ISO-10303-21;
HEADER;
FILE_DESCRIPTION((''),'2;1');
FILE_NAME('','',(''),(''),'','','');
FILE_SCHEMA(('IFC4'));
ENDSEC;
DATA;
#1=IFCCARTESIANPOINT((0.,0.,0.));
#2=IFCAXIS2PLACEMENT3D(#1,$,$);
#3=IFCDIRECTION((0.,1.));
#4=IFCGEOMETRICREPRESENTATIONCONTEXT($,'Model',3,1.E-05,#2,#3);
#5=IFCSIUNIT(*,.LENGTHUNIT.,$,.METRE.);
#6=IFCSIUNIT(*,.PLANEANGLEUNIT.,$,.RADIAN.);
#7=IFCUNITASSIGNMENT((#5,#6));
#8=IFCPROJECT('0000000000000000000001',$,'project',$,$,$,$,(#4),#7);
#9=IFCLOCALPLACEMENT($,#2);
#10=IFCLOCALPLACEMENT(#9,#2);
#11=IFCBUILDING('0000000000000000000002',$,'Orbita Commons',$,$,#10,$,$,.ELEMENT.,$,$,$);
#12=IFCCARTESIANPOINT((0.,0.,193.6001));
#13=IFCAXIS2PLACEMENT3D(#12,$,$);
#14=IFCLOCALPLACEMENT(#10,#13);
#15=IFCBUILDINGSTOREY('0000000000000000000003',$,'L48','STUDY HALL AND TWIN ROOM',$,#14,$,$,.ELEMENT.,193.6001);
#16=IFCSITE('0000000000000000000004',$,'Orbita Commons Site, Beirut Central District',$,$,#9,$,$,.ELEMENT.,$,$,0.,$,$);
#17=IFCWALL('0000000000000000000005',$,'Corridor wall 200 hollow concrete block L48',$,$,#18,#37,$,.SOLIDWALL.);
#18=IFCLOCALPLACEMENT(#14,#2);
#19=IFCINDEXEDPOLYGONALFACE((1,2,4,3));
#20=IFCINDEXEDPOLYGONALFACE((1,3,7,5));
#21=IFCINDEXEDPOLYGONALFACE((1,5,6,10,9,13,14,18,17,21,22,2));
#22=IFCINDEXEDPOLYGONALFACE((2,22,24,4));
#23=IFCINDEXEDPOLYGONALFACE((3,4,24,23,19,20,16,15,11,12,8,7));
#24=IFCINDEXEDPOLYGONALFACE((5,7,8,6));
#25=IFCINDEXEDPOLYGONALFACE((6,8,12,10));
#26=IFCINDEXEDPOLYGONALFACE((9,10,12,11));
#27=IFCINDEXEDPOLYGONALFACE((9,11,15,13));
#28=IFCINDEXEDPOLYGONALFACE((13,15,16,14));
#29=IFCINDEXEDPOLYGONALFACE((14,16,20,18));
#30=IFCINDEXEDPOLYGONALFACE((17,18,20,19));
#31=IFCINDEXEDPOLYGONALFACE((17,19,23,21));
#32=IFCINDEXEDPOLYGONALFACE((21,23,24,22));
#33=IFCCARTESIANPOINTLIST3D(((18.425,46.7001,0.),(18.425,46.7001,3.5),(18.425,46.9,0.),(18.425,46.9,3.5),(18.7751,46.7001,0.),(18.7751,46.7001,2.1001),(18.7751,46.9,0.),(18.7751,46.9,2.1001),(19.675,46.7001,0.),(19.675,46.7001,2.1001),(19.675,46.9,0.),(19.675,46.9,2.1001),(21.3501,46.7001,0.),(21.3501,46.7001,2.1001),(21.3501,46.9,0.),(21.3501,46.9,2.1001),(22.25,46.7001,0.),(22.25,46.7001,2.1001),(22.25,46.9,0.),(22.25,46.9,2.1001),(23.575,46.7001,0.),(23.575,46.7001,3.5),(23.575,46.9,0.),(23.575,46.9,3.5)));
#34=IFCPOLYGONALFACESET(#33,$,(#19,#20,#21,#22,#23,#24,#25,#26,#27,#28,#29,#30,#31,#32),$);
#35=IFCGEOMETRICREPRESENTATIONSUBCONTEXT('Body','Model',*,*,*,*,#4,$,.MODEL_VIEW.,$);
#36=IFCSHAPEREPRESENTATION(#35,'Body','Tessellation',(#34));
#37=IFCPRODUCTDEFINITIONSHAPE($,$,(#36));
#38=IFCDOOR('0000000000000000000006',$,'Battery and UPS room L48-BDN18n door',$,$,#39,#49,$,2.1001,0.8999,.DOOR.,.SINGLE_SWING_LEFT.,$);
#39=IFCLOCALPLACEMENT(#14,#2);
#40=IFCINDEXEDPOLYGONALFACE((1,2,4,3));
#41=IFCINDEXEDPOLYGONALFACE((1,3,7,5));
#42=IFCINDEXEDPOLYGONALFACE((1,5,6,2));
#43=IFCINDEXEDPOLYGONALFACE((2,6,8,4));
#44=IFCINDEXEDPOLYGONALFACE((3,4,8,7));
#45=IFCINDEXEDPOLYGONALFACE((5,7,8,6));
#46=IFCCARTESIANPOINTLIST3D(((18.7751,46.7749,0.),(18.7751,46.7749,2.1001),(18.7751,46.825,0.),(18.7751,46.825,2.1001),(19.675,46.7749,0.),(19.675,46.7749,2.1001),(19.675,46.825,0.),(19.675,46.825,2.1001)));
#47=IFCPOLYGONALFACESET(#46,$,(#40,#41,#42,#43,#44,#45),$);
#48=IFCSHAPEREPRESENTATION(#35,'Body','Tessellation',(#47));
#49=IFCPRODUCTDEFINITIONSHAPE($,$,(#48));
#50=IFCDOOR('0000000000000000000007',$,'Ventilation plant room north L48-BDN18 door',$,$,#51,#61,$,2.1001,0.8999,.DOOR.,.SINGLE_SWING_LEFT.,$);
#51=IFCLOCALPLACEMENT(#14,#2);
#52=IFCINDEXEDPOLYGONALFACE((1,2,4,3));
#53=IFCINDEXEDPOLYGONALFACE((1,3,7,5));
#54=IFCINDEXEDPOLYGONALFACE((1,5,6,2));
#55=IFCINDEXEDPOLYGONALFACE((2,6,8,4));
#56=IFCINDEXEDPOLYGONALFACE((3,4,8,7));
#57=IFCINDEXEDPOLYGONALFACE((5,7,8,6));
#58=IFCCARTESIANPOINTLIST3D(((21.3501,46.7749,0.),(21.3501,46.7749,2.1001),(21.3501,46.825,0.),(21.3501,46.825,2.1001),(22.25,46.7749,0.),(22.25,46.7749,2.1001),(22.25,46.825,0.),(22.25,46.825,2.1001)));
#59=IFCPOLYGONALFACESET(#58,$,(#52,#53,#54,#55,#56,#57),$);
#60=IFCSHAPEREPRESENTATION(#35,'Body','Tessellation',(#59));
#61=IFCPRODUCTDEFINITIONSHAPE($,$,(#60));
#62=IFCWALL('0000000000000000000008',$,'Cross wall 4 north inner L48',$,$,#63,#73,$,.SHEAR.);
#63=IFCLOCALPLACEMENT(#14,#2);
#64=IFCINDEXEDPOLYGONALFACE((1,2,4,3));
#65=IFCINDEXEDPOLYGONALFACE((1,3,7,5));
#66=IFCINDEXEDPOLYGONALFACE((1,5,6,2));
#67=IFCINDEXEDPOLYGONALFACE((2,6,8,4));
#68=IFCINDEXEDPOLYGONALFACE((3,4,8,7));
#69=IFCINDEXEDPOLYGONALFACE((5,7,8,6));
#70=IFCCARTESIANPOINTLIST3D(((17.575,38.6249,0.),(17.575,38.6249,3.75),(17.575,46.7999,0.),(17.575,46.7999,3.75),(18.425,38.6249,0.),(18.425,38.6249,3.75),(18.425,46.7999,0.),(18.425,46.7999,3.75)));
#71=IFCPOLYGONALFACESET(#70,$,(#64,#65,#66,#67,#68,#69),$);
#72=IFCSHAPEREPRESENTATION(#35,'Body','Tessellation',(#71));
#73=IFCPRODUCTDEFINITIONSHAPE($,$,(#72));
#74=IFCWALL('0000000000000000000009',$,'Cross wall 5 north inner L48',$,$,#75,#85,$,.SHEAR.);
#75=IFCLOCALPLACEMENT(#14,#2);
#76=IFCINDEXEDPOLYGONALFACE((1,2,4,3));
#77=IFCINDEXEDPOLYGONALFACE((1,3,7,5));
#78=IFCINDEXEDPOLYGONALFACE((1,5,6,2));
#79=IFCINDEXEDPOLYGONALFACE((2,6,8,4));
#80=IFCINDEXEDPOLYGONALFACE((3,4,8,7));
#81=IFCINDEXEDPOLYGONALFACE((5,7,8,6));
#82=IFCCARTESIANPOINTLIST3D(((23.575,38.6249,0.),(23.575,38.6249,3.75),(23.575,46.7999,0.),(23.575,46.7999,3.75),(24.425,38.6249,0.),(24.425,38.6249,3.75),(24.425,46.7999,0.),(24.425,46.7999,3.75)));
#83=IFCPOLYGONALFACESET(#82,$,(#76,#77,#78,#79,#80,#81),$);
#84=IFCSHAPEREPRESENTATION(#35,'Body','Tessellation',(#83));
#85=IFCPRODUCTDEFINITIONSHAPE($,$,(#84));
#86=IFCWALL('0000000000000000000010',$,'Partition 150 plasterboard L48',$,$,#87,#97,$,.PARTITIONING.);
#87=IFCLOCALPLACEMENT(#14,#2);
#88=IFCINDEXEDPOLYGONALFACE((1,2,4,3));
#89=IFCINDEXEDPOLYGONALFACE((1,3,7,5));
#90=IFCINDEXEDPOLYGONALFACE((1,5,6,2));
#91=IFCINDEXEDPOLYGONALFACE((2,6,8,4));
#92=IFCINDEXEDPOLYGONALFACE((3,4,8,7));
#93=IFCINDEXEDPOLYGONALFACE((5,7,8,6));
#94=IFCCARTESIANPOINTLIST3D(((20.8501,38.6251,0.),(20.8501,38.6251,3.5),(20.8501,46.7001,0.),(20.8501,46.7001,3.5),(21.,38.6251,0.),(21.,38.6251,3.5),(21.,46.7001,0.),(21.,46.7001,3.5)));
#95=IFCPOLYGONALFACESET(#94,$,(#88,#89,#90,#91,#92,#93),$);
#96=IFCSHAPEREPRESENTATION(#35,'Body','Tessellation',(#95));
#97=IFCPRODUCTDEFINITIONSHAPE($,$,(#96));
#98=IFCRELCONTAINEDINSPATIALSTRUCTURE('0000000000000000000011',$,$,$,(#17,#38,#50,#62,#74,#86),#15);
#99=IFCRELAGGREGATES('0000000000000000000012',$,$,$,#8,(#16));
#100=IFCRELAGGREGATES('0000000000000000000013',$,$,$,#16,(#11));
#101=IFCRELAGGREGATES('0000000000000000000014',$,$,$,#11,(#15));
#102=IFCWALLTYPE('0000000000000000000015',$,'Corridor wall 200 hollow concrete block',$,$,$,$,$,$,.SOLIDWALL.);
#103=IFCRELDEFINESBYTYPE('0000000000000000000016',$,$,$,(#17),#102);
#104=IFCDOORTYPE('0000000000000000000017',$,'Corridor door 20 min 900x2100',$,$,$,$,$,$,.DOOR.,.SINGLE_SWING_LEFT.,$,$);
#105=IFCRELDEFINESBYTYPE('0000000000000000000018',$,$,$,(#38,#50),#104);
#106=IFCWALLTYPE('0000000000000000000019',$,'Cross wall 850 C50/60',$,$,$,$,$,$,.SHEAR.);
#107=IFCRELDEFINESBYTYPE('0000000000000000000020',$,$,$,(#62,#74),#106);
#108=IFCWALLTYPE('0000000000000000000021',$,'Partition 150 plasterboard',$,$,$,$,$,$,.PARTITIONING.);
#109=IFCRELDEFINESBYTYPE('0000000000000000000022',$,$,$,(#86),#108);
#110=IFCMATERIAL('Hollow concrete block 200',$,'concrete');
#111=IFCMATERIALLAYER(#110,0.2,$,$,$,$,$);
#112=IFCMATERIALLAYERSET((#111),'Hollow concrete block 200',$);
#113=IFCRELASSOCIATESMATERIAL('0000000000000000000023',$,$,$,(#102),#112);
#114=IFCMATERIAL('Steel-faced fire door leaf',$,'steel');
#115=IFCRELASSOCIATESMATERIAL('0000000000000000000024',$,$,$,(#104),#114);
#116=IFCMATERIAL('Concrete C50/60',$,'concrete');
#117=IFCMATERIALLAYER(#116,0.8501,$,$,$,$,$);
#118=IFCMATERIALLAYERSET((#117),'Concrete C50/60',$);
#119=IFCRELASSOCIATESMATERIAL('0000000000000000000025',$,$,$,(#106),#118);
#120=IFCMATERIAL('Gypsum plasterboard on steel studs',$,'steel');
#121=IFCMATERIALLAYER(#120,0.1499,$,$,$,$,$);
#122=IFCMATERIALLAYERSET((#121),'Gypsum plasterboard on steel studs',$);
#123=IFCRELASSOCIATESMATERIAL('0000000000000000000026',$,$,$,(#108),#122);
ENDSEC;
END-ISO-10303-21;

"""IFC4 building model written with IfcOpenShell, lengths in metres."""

from ifc_helpers import new_model, si_unit, direction, frame, frame_2d, origin, place, context, subcontext, project, spatial, rectangle, extrude, material, layer, layer_set, type_object, element, fill, save


model = new_model("IFC4")

# Units and contexts
model_context = context("Model", 3, precision=1e-05, world=origin(), true_north=direction((0.0, 1.0)))
body_context = subcontext(model_context, "Body", "Model", "MODEL_VIEW")
ifc_project = project(units=[si_unit("LENGTHUNIT", "METRE"), si_unit("PLANEANGLEUNIT", "RADIAN")], contexts=[model_context])

# Site, building, storey
site_placement = place(None, origin())
site = spatial("IfcSite", under=ifc_project, at=site_placement, Name="Orbita Commons Site, Beirut Central District", CompositionType="ELEMENT", RefElevation=0.0)
building_placement = place(site_placement, origin())
building = spatial("IfcBuilding", under=site, at=building_placement, Name="Orbita Commons", CompositionType="ELEMENT")
storey_placement = place(building_placement, frame((0.0, 0.0, 193.6001)))
storey = spatial("IfcBuildingStorey", under=building, at=storey_placement, Name="L48", Description="STUDY HALL AND TWIN ROOM", CompositionType="ELEMENT", Elevation=193.6001)

# Shared definitions
ifc_material_1 = material(Name="Hollow concrete block 200", Category="concrete")
ifc_layer_1 = layer(ifc_material_1, 0.2)
ifc_layer_set_1 = layer_set([ifc_layer_1], Name="Hollow concrete block 200")
wall_type_1 = type_object("IfcWallType", Name="Corridor wall 200 hollow concrete block", PredefinedType="SOLIDWALL", material=ifc_layer_set_1)

# Wall, openings, doors
wall_1_placement = place(storey_placement, frame((18.425, 46.8, 0.0), z_axis=(0.0, 0.0, 1.0), x_axis=(1.0, 0.0, 0.0)))
wall_1 = element("IfcWall", 1, at=wall_1_placement, inside=storey, type_object=wall_type_1, Name="Corridor wall 200 hollow concrete block L48", PredefinedType="SOLIDWALL", context=body_context, shape_type="SweptSolid", body=[
    extrude(rectangle(XDim=5.1499, YDim=0.2, at=frame_2d((2.575, 0.0))), origin(), (0.0, 0.0, 1.0), 3.5),
])
opening_1_placement = place(wall_1_placement, frame((0.3501, 0.0, 0.0)))
opening_1 = element("IfcOpeningElement", 2, at=opening_1_placement, cuts=wall_1, PredefinedType="OPENING", context=body_context, shape_type="SweptSolid", body=[
    extrude(rectangle(XDim=0.8999, YDim=2.1001, at=frame_2d((0.45, 1.05))), frame((0.0, 0.1099, 0.0), z_axis=(0.0, -1.0, 0.0), x_axis=(1.0, 0.0, 0.0)), (0.0, 0.0, 1.0), 0.22),
])
opening_2_placement = place(wall_1_placement, frame((2.925, 0.0, 0.0)))
opening_2 = element("IfcOpeningElement", 3, at=opening_2_placement, cuts=wall_1, PredefinedType="OPENING", context=body_context, shape_type="SweptSolid", body=[
    extrude(rectangle(XDim=0.8999, YDim=2.1001, at=frame_2d((0.45, 1.05))), frame((0.0, 0.1099, 0.0), z_axis=(0.0, -1.0, 0.0), x_axis=(1.0, 0.0, 0.0)), (0.0, 0.0, 1.0), 0.22),
])
ifc_material_2 = material(Name="Steel-faced fire door leaf", Category="steel")
door_type_1 = type_object("IfcDoorType", Name="Corridor door 20 min 900x2100", OperationType="SINGLE_SWING_LEFT", PredefinedType="DOOR", material=ifc_material_2)
door_1_placement = place(opening_1_placement, origin())
door_1 = element("IfcDoor", 4, at=door_1_placement, inside=storey, type_object=door_type_1, Name="Battery and UPS room L48-BDN18n door", OperationType="SINGLE_SWING_LEFT", OverallHeight=2.1001, OverallWidth=0.8999, PredefinedType="DOOR", context=body_context, shape_type="SweptSolid", body=[
    extrude(rectangle(XDim=0.8999, YDim=2.1001, at=frame_2d((0.45, 1.05))), frame((0.0, 0.0249, 0.0), z_axis=(0.0, -1.0, 0.0), x_axis=(1.0, 0.0, 0.0)), (0.0, 0.0, 1.0), 0.05),
])
fill(opening_1, door_1)
door_2_placement = place(opening_2_placement, origin())
door_2 = element("IfcDoor", 5, at=door_2_placement, inside=storey, type_object=door_type_1, Name="Ventilation plant room north L48-BDN18 door", OperationType="SINGLE_SWING_LEFT", OverallHeight=2.1001, OverallWidth=0.8999, PredefinedType="DOOR", context=body_context, shape_type="SweptSolid", body=[
    extrude(rectangle(XDim=0.8999, YDim=2.1001, at=frame_2d((0.45, 1.05))), frame((0.0, 0.0249, 0.0), z_axis=(0.0, -1.0, 0.0), x_axis=(1.0, 0.0, 0.0)), (0.0, 0.0, 1.0), 0.05),
])
fill(opening_2, door_2)

# Walls
ifc_material_3 = material(Name="Concrete C50/60", Category="concrete")
ifc_layer_2 = layer(ifc_material_3, 0.8501)
ifc_layer_set_2 = layer_set([ifc_layer_2], Name="Concrete C50/60")
wall_type_2 = type_object("IfcWallType", Name="Cross wall 850 C50/60", PredefinedType="SHEAR", material=ifc_layer_set_2)
for number, where, z_axis, x_axis, name in (
    (6, (18.0, 38.625, 0.0), (0.0, 0.0, 1.0), (0.0, 1.0, 0.0), "Cross wall 4 north inner L48"),
    (7, (24.0, 38.625, 0.0), (0.0, 0.0, 1.0), (0.0, 1.0, 0.0), "Cross wall 5 north inner L48"),
):
    element("IfcWall", number, at=place(storey_placement, frame(where, z_axis=z_axis, x_axis=x_axis)), inside=storey, type_object=wall_type_2, Name=name, PredefinedType="SHEAR", context=body_context, shape_type="SweptSolid", body=[
        extrude(rectangle(XDim=8.175, YDim=0.8501, at=frame_2d((4.0874, 0.0))), origin(), (0.0, 0.0, 1.0), 3.75),
    ])
ifc_material_4 = material(Name="Gypsum plasterboard on steel studs", Category="steel")
ifc_layer_3 = layer(ifc_material_4, 0.1499)
ifc_layer_set_3 = layer_set([ifc_layer_3], Name="Gypsum plasterboard on steel studs")
wall_type_3 = type_object("IfcWallType", Name="Partition 150 plasterboard", PredefinedType="PARTITIONING", material=ifc_layer_set_3)
wall_2_placement = place(storey_placement, frame((20.925, 38.625, 0.0), z_axis=(0.0, 0.0, 1.0), x_axis=(0.0, 1.0, 0.0)))
element("IfcWall", 8, at=wall_2_placement, inside=storey, type_object=wall_type_3, Name="Partition 150 plasterboard L48", PredefinedType="PARTITIONING", context=body_context, shape_type="SweptSolid", body=[
    extrude(rectangle(XDim=8.075, YDim=0.1499, at=frame_2d((4.0376, 0.0))), origin(), (0.0, 0.0, 1.0), 3.5),
])

save(model, "model.ifc")
